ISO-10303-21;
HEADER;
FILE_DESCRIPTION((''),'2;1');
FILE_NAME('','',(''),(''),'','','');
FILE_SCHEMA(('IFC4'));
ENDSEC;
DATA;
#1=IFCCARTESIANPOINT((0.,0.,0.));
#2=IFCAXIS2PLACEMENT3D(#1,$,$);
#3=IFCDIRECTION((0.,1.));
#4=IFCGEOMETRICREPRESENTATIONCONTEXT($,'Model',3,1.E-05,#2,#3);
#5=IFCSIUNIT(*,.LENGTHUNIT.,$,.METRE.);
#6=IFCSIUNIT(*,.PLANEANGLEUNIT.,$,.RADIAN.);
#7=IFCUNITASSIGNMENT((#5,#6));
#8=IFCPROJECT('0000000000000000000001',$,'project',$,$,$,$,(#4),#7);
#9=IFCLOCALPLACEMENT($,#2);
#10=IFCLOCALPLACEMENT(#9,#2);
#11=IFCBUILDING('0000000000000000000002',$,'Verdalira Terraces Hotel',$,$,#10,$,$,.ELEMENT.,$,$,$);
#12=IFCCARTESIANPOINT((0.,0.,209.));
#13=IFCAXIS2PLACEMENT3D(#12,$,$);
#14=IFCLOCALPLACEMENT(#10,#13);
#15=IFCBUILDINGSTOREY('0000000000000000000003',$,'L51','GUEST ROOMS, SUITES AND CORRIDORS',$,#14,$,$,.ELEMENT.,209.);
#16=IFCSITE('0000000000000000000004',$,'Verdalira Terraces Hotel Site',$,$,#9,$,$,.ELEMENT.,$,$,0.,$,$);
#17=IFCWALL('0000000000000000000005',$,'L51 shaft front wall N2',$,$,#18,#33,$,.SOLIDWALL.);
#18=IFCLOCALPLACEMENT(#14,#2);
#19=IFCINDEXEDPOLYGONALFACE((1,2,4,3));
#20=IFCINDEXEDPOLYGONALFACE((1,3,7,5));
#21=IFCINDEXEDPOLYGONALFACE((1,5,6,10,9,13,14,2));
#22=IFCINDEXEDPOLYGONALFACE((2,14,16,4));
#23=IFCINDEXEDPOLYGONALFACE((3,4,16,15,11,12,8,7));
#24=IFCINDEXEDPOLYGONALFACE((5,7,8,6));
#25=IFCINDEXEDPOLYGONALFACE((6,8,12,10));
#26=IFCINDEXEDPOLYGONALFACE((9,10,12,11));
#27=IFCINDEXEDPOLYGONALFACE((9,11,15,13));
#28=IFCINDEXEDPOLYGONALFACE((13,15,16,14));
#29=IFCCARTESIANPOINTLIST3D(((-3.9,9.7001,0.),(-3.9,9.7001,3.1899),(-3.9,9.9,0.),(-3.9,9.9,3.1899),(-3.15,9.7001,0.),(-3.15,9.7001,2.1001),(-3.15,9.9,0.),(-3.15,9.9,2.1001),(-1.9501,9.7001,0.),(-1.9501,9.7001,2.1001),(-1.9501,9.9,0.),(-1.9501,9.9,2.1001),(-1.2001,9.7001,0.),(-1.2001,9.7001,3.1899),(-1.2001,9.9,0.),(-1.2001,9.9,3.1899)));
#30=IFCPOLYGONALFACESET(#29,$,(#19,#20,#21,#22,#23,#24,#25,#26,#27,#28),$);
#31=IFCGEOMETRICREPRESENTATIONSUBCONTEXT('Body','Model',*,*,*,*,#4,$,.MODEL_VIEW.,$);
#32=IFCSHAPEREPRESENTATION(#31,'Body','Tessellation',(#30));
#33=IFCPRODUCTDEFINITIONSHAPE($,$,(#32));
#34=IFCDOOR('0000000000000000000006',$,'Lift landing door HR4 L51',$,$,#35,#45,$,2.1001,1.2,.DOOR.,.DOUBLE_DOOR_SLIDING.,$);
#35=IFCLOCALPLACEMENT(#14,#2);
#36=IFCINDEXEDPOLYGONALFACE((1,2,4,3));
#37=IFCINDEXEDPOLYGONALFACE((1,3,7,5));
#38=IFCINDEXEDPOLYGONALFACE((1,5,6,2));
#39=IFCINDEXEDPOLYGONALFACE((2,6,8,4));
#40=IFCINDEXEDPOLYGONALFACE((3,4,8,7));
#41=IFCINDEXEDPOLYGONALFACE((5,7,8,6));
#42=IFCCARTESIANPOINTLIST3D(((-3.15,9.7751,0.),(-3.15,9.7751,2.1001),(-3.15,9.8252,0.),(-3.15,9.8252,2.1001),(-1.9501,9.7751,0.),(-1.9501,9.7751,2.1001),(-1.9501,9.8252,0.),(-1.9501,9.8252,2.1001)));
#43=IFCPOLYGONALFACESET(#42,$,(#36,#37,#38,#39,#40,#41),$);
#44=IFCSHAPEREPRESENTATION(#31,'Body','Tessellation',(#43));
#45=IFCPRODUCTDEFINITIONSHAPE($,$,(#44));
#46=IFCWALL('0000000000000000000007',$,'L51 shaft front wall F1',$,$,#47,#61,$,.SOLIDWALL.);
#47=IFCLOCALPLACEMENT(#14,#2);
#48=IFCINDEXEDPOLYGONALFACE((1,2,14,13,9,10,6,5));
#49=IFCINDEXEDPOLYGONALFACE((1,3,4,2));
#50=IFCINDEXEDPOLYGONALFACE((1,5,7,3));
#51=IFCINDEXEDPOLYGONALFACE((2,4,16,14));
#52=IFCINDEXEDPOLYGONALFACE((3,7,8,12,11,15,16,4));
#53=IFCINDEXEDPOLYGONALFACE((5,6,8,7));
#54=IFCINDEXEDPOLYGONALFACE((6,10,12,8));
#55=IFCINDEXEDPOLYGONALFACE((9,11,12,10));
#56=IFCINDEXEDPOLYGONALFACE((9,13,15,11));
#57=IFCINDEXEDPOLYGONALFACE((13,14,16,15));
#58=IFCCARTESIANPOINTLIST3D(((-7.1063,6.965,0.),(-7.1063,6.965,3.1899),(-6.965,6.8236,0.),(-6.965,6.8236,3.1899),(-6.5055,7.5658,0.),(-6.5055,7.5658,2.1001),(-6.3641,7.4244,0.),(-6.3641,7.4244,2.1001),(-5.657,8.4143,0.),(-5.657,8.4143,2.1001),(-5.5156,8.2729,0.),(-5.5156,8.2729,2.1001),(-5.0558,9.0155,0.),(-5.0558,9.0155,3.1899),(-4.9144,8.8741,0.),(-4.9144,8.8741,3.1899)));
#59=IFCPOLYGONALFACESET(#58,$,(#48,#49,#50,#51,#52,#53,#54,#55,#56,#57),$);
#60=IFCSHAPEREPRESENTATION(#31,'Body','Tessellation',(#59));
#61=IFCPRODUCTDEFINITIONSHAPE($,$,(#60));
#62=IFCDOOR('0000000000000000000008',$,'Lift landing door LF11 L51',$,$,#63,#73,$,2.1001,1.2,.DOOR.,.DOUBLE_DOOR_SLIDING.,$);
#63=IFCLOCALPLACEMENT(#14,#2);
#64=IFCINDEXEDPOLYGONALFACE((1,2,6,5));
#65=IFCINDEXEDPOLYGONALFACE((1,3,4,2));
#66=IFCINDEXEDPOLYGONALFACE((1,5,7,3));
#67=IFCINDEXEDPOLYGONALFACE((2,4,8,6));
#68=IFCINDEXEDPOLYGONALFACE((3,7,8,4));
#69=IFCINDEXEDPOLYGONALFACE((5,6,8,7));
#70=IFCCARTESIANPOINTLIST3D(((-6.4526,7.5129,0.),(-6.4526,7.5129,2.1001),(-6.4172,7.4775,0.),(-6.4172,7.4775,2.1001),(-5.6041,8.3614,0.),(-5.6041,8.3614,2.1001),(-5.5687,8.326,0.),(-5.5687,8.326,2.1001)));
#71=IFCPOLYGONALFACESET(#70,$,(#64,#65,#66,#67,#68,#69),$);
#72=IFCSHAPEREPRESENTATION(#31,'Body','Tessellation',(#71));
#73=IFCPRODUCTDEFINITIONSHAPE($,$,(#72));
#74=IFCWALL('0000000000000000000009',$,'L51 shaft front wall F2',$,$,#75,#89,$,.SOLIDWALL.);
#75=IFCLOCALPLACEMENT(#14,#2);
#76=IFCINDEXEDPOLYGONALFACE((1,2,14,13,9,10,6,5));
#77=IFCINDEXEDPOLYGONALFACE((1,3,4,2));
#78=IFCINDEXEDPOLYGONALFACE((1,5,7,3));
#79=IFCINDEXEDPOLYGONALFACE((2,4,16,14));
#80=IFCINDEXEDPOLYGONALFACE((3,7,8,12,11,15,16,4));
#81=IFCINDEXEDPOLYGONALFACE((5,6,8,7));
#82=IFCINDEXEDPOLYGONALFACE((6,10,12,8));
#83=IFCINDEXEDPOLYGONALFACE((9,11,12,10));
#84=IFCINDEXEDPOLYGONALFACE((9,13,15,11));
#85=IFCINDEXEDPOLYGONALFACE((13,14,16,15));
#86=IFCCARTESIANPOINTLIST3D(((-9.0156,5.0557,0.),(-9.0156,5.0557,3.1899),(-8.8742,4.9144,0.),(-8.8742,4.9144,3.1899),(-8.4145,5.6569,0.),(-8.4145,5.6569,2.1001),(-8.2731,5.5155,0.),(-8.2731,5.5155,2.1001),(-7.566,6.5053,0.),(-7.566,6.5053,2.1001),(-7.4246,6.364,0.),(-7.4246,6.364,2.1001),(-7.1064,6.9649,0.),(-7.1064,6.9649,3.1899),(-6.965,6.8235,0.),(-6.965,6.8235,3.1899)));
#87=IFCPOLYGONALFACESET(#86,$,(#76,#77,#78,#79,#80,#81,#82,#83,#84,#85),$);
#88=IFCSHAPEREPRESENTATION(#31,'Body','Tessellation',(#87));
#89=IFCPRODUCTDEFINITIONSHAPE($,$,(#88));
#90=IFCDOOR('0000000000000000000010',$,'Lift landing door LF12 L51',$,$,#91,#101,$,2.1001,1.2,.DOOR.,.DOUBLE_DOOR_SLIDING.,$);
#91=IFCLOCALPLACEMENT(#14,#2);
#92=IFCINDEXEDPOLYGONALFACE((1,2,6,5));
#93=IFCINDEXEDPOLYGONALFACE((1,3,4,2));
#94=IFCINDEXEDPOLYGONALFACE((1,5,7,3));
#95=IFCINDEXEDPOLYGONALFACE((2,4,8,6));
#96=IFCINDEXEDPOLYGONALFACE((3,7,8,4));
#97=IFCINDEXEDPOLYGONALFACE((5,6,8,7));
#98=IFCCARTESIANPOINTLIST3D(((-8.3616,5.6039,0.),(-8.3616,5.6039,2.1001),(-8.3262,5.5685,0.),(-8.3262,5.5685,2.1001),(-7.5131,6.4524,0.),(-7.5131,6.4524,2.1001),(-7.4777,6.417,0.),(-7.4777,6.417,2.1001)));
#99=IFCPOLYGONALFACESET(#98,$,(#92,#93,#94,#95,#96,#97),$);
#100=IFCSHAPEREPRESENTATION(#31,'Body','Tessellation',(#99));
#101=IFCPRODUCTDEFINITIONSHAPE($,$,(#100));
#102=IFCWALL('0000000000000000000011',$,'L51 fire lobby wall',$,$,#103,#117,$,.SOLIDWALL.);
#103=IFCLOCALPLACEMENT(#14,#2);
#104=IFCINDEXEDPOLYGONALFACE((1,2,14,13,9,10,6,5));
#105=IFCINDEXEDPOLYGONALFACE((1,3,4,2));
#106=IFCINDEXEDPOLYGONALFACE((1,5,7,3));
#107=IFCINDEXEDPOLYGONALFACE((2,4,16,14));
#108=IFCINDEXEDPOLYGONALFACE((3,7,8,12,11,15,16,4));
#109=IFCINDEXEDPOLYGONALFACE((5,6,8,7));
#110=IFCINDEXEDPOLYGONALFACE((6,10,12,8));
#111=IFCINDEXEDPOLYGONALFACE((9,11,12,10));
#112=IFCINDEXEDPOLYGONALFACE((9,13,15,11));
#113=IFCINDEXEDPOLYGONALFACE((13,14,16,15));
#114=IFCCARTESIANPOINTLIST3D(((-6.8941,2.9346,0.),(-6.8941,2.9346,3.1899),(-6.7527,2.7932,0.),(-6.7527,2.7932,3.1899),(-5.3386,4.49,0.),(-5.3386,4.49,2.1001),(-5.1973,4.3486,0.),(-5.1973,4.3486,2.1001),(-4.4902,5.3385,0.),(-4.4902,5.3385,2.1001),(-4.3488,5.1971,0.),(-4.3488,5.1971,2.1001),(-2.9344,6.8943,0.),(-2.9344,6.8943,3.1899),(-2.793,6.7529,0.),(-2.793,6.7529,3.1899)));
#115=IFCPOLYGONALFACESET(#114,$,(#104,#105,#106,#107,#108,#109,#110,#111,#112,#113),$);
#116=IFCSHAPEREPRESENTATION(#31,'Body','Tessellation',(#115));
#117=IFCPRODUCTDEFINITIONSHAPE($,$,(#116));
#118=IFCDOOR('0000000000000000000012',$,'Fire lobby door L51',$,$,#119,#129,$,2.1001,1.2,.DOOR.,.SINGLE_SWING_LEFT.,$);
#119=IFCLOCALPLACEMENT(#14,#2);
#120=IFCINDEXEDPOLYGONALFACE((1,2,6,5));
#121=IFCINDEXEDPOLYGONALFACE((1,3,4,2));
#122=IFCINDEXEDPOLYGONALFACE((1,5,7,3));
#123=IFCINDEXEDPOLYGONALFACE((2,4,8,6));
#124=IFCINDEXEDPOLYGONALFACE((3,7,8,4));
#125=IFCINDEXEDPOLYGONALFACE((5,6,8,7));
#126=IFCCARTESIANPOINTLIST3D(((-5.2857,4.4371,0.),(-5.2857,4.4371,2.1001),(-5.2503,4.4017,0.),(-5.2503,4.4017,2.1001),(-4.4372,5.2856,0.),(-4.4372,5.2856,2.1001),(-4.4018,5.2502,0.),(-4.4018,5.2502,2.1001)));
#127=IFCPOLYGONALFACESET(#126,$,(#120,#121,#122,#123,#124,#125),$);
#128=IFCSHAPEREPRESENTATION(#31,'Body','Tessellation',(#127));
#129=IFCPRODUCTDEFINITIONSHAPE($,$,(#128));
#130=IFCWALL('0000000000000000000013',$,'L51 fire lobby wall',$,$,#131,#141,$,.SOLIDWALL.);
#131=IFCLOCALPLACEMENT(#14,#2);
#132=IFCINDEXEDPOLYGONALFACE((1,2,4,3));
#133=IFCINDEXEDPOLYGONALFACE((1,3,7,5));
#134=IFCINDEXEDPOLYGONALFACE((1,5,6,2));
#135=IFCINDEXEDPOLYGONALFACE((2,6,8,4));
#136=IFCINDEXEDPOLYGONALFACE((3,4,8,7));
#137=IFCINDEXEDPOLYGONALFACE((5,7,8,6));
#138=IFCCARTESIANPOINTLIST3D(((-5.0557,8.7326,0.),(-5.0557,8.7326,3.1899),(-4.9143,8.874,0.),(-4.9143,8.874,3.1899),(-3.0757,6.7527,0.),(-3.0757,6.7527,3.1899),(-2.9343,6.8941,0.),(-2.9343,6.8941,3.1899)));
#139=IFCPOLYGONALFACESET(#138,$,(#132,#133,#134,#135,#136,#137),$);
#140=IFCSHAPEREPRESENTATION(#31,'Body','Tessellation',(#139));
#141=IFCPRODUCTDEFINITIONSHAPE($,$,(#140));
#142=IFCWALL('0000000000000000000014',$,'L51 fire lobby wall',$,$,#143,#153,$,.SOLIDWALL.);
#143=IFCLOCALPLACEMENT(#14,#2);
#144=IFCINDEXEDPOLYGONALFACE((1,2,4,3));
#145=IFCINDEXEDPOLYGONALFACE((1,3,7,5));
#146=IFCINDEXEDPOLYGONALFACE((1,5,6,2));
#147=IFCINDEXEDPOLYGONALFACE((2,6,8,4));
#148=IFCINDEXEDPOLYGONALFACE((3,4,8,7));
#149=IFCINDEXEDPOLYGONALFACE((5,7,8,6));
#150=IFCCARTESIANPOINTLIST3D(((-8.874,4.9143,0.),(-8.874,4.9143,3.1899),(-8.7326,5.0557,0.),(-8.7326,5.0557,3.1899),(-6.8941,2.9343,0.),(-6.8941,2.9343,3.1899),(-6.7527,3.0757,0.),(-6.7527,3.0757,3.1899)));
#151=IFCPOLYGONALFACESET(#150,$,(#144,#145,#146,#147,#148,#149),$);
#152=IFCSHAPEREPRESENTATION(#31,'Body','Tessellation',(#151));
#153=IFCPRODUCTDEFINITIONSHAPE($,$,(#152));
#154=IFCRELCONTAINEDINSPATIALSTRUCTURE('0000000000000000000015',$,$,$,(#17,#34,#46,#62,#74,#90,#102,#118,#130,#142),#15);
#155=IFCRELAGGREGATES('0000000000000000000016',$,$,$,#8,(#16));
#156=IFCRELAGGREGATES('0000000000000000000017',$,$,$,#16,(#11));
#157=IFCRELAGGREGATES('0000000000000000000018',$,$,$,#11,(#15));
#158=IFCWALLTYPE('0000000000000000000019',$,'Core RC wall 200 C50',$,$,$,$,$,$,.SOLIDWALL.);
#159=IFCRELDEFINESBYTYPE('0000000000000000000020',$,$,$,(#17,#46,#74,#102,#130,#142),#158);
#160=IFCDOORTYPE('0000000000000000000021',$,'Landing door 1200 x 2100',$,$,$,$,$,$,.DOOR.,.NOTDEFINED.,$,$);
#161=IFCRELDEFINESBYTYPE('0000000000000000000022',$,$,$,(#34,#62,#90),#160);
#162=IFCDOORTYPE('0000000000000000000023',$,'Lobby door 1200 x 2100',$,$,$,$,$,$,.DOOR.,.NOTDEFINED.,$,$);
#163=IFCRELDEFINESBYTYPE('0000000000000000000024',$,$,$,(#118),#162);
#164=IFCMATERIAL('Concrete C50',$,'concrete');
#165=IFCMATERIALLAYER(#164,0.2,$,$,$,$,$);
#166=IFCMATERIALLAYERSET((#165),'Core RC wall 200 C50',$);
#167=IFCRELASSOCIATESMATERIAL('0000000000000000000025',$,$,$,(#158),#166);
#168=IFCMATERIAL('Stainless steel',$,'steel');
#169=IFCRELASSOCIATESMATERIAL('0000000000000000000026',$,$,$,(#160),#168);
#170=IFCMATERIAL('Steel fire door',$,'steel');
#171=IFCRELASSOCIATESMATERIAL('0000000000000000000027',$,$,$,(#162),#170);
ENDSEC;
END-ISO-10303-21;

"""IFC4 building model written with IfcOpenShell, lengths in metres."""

from ifc_helpers import new_model, si_unit, direction, frame, frame_2d, origin, place, context, subcontext, project, spatial, rectangle, extrude, material, layer, layer_set, type_object, element, fill, save


model = new_model("IFC4")

# Units and contexts
model_context = context("Model", 3, precision=1e-05, world=origin(), true_north=direction((0.0, 1.0)))
body_context = subcontext(model_context, "Body", "Model", "MODEL_VIEW")
ifc_project = project(units=[si_unit("LENGTHUNIT", "METRE"), si_unit("PLANEANGLEUNIT", "RADIAN")], contexts=[model_context])

# Site, building, storey
site_placement = place(None, origin())
site = spatial("IfcSite", under=ifc_project, at=site_placement, Name="Verdalira Terraces Hotel Site", CompositionType="ELEMENT", RefElevation=0.0)
building_placement = place(site_placement, origin())
building = spatial("IfcBuilding", under=site, at=building_placement, Name="Verdalira Terraces Hotel", CompositionType="ELEMENT")
storey_placement = place(building_placement, frame((0.0, 0.0, 209.0)))
storey = spatial("IfcBuildingStorey", under=building, at=storey_placement, Name="L51", Description="GUEST ROOMS, SUITES AND CORRIDORS", CompositionType="ELEMENT", Elevation=209.0)

# Walls, openings, doors
ifc_material_1 = material(Name="Concrete C50", Category="concrete")
ifc_layer_1 = layer(ifc_material_1, 0.2)
ifc_layer_set_1 = layer_set([ifc_layer_1], Name="Core RC wall 200 C50")
wall_type_1 = type_object("IfcWallType", Name="Core RC wall 200 C50", PredefinedType="SOLIDWALL", material=ifc_layer_set_1)
wall_1_placement = place(storey_placement, frame((-1.2, 9.8, 0.0), z_axis=(0.0, 0.0, 1.0), x_axis=(-1.0, 0.0, 0.0)))
wall_1 = element("IfcWall", 1, at=wall_1_placement, inside=storey, type_object=wall_type_1, Name="L51 shaft front wall N2", PredefinedType="SOLIDWALL", context=body_context, shape_type="SweptSolid", body=[
    extrude(rectangle(XDim=2.7, YDim=0.2, at=frame_2d((1.3501, 0.0))), origin(), (0.0, 0.0, 1.0), 3.1899),
])
opening_1_placement = place(wall_1_placement, frame((0.75, 0.0, 0.0)))
opening_1 = element("IfcOpeningElement", 2, at=opening_1_placement, cuts=wall_1, PredefinedType="OPENING", context=body_context, shape_type="SweptSolid", body=[
    extrude(rectangle(XDim=1.2, YDim=2.1001, at=frame_2d((0.6001, 1.05))), frame((0.0, 0.1099, 0.0), z_axis=(0.0, -1.0, 0.0), x_axis=(1.0, 0.0, 0.0)), (0.0, 0.0, 1.0), 0.22),
])
ifc_material_2 = material(Name="Stainless steel", Category="steel")
door_type_1 = type_object("IfcDoorType", Name="Landing door 1200 x 2100", OperationType="NOTDEFINED", PredefinedType="DOOR", material=ifc_material_2)
door_1_placement = place(opening_1_placement, origin())
door_1 = element("IfcDoor", 3, at=door_1_placement, inside=storey, type_object=door_type_1, Name="Lift landing door HR4 L51", OperationType="DOUBLE_DOOR_SLIDING", OverallHeight=2.1001, OverallWidth=1.2, PredefinedType="DOOR", context=body_context, shape_type="SweptSolid", body=[
    extrude(rectangle(XDim=1.2, YDim=2.1001, at=frame_2d((0.6001, 1.05))), frame((0.0, 0.0249, 0.0), z_axis=(0.0, -1.0, 0.0), x_axis=(1.0, 0.0, 0.0)), (0.0, 0.0, 1.0), 0.05),
])
fill(opening_1, door_1)
wall_2_placement = place(storey_placement, frame((-4.9851, 8.9448, 0.0), z_axis=(0.0, 0.0, 1.0), x_axis=(-0.707107, -0.707107, 0.0)))
wall_2 = element("IfcWall", 4, at=wall_2_placement, inside=storey, type_object=wall_type_1, Name="L51 shaft front wall F1", PredefinedType="SOLIDWALL", context=body_context, shape_type="SweptSolid", body=[
    extrude(rectangle(XDim=2.8999, YDim=0.2, at=frame_2d((1.45, 0.0))), origin(), (0.0, 0.0, 1.0), 3.1899),
])
opening_2_placement = place(wall_2_placement, frame((0.8501, 0.0, 0.0)))
opening_2 = element("IfcOpeningElement", 5, at=opening_2_placement, cuts=wall_2, PredefinedType="OPENING", context=body_context, shape_type="SweptSolid", body=[
    extrude(rectangle(XDim=1.2, YDim=2.1001, at=frame_2d((0.6001, 1.05))), frame((0.0, 0.1099, 0.0), z_axis=(0.0, -1.0, 0.0), x_axis=(1.0, 0.0, 0.0)), (0.0, 0.0, 1.0), 0.22),
])
door_2_placement = place(opening_2_placement, origin())
door_2 = element("IfcDoor", 6, at=door_2_placement, inside=storey, type_object=door_type_1, Name="Lift landing door LF11 L51", OperationType="DOUBLE_DOOR_SLIDING", OverallHeight=2.1001, OverallWidth=1.2, PredefinedType="DOOR", context=body_context, shape_type="SweptSolid", body=[
    extrude(rectangle(XDim=1.2, YDim=2.1001, at=frame_2d((0.6001, 1.05))), frame((0.0, 0.0249, 0.0), z_axis=(0.0, -1.0, 0.0), x_axis=(1.0, 0.0, 0.0)), (0.0, 0.0, 1.0), 0.05),
])
fill(opening_2, door_2)
wall_3_placement = place(storey_placement, frame((-7.0356, 6.8943, 0.0), z_axis=(0.0, 0.0, 1.0), x_axis=(-0.707107, -0.707107, 0.0)))
wall_3 = element("IfcWall", 7, at=wall_3_placement, inside=storey, type_object=wall_type_1, Name="L51 shaft front wall F2", PredefinedType="SOLIDWALL", context=body_context, shape_type="SweptSolid", body=[
    extrude(rectangle(XDim=2.7, YDim=0.2, at=frame_2d((1.3501, 0.0))), origin(), (0.0, 0.0, 1.0), 3.1899),
])
opening_3_placement = place(wall_3_placement, frame((0.6499, 0.0, 0.0)))
opening_3 = element("IfcOpeningElement", 8, at=opening_3_placement, cuts=wall_3, PredefinedType="OPENING", context=body_context, shape_type="SweptSolid", body=[
    extrude(rectangle(XDim=1.2, YDim=2.1001, at=frame_2d((0.6001, 1.05))), frame((0.0, 0.1099, 0.0), z_axis=(0.0, -1.0, 0.0), x_axis=(1.0, 0.0, 0.0)), (0.0, 0.0, 1.0), 0.22),
])
door_3_placement = place(opening_3_placement, origin())
door_3 = element("IfcDoor", 9, at=door_3_placement, inside=storey, type_object=door_type_1, Name="Lift landing door LF12 L51", OperationType="DOUBLE_DOOR_SLIDING", OverallHeight=2.1001, OverallWidth=1.2, PredefinedType="DOOR", context=body_context, shape_type="SweptSolid", body=[
    extrude(rectangle(XDim=1.2, YDim=2.1001, at=frame_2d((0.6001, 1.05))), frame((0.0, 0.0249, 0.0), z_axis=(0.0, -1.0, 0.0), x_axis=(1.0, 0.0, 0.0)), (0.0, 0.0, 1.0), 0.05),
])
fill(opening_3, door_3)
wall_4_placement = place(storey_placement, frame((-2.8638, 6.8235, 0.0), z_axis=(0.0, 0.0, 1.0), x_axis=(-0.707107, -0.707107, 0.0)))
wall_4 = element("IfcWall", 10, at=wall_4_placement, inside=storey, type_object=wall_type_1, Name="L51 fire lobby wall", PredefinedType="SOLIDWALL", context=body_context, shape_type="SweptSolid", body=[
    extrude(rectangle(XDim=5.5999, YDim=0.2, at=frame_2d((2.7998, 0.0))), origin(), (0.0, 0.0, 1.0), 3.1899),
])
opening_4_placement = place(wall_4_placement, frame((2.2, 0.0, 0.0)))
opening_4 = element("IfcOpeningElement", 11, at=opening_4_placement, cuts=wall_4, PredefinedType="OPENING", context=body_context, shape_type="SweptSolid", body=[
    extrude(rectangle(XDim=1.2, YDim=2.1001, at=frame_2d((0.6001, 1.05))), frame((0.0, 0.1099, 0.0), z_axis=(0.0, -1.0, 0.0), x_axis=(1.0, 0.0, 0.0)), (0.0, 0.0, 1.0), 0.22),
])
ifc_material_3 = material(Name="Steel fire door", Category="steel")
door_type_2 = type_object("IfcDoorType", Name="Lobby door 1200 x 2100", OperationType="NOTDEFINED", PredefinedType="DOOR", material=ifc_material_3)
door_4_placement = place(opening_4_placement, origin())
door_4 = element("IfcDoor", 12, at=door_4_placement, inside=storey, type_object=door_type_2, Name="Fire lobby door L51", OperationType="SINGLE_SWING_LEFT", OverallHeight=2.1001, OverallWidth=1.2, PredefinedType="DOOR", context=body_context, shape_type="SweptSolid", body=[
    extrude(rectangle(XDim=1.2, YDim=2.1001, at=frame_2d((0.6001, 1.05))), frame((0.0, 0.0249, 0.0), z_axis=(0.0, -1.0, 0.0), x_axis=(1.0, 0.0, 0.0)), (0.0, 0.0, 1.0), 0.05),
])
fill(opening_4, door_4)

# Walls
for number, where, z_axis, x_axis, name in (
    (13, (-3.0051, 6.8235, 0.0), (0.0, 0.0, 1.0), (-0.707107, 0.707107, 0.0), "L51 fire lobby wall"),
    (14, (-6.8235, 3.0051, 0.0), (0.0, 0.0, 1.0), (-0.707107, 0.707107, 0.0), "L51 fire lobby wall"),
):
    element("IfcWall", number, at=place(storey_placement, frame(where, z_axis=z_axis, x_axis=x_axis)), inside=storey, type_object=wall_type_1, Name=name, PredefinedType="SOLIDWALL", context=body_context, shape_type="SweptSolid", body=[
        extrude(rectangle(XDim=2.8, YDim=0.2, at=frame_2d((1.3999, 0.0))), origin(), (0.0, 0.0, 1.0), 3.1899),
    ])

save(model, "model.ifc")
